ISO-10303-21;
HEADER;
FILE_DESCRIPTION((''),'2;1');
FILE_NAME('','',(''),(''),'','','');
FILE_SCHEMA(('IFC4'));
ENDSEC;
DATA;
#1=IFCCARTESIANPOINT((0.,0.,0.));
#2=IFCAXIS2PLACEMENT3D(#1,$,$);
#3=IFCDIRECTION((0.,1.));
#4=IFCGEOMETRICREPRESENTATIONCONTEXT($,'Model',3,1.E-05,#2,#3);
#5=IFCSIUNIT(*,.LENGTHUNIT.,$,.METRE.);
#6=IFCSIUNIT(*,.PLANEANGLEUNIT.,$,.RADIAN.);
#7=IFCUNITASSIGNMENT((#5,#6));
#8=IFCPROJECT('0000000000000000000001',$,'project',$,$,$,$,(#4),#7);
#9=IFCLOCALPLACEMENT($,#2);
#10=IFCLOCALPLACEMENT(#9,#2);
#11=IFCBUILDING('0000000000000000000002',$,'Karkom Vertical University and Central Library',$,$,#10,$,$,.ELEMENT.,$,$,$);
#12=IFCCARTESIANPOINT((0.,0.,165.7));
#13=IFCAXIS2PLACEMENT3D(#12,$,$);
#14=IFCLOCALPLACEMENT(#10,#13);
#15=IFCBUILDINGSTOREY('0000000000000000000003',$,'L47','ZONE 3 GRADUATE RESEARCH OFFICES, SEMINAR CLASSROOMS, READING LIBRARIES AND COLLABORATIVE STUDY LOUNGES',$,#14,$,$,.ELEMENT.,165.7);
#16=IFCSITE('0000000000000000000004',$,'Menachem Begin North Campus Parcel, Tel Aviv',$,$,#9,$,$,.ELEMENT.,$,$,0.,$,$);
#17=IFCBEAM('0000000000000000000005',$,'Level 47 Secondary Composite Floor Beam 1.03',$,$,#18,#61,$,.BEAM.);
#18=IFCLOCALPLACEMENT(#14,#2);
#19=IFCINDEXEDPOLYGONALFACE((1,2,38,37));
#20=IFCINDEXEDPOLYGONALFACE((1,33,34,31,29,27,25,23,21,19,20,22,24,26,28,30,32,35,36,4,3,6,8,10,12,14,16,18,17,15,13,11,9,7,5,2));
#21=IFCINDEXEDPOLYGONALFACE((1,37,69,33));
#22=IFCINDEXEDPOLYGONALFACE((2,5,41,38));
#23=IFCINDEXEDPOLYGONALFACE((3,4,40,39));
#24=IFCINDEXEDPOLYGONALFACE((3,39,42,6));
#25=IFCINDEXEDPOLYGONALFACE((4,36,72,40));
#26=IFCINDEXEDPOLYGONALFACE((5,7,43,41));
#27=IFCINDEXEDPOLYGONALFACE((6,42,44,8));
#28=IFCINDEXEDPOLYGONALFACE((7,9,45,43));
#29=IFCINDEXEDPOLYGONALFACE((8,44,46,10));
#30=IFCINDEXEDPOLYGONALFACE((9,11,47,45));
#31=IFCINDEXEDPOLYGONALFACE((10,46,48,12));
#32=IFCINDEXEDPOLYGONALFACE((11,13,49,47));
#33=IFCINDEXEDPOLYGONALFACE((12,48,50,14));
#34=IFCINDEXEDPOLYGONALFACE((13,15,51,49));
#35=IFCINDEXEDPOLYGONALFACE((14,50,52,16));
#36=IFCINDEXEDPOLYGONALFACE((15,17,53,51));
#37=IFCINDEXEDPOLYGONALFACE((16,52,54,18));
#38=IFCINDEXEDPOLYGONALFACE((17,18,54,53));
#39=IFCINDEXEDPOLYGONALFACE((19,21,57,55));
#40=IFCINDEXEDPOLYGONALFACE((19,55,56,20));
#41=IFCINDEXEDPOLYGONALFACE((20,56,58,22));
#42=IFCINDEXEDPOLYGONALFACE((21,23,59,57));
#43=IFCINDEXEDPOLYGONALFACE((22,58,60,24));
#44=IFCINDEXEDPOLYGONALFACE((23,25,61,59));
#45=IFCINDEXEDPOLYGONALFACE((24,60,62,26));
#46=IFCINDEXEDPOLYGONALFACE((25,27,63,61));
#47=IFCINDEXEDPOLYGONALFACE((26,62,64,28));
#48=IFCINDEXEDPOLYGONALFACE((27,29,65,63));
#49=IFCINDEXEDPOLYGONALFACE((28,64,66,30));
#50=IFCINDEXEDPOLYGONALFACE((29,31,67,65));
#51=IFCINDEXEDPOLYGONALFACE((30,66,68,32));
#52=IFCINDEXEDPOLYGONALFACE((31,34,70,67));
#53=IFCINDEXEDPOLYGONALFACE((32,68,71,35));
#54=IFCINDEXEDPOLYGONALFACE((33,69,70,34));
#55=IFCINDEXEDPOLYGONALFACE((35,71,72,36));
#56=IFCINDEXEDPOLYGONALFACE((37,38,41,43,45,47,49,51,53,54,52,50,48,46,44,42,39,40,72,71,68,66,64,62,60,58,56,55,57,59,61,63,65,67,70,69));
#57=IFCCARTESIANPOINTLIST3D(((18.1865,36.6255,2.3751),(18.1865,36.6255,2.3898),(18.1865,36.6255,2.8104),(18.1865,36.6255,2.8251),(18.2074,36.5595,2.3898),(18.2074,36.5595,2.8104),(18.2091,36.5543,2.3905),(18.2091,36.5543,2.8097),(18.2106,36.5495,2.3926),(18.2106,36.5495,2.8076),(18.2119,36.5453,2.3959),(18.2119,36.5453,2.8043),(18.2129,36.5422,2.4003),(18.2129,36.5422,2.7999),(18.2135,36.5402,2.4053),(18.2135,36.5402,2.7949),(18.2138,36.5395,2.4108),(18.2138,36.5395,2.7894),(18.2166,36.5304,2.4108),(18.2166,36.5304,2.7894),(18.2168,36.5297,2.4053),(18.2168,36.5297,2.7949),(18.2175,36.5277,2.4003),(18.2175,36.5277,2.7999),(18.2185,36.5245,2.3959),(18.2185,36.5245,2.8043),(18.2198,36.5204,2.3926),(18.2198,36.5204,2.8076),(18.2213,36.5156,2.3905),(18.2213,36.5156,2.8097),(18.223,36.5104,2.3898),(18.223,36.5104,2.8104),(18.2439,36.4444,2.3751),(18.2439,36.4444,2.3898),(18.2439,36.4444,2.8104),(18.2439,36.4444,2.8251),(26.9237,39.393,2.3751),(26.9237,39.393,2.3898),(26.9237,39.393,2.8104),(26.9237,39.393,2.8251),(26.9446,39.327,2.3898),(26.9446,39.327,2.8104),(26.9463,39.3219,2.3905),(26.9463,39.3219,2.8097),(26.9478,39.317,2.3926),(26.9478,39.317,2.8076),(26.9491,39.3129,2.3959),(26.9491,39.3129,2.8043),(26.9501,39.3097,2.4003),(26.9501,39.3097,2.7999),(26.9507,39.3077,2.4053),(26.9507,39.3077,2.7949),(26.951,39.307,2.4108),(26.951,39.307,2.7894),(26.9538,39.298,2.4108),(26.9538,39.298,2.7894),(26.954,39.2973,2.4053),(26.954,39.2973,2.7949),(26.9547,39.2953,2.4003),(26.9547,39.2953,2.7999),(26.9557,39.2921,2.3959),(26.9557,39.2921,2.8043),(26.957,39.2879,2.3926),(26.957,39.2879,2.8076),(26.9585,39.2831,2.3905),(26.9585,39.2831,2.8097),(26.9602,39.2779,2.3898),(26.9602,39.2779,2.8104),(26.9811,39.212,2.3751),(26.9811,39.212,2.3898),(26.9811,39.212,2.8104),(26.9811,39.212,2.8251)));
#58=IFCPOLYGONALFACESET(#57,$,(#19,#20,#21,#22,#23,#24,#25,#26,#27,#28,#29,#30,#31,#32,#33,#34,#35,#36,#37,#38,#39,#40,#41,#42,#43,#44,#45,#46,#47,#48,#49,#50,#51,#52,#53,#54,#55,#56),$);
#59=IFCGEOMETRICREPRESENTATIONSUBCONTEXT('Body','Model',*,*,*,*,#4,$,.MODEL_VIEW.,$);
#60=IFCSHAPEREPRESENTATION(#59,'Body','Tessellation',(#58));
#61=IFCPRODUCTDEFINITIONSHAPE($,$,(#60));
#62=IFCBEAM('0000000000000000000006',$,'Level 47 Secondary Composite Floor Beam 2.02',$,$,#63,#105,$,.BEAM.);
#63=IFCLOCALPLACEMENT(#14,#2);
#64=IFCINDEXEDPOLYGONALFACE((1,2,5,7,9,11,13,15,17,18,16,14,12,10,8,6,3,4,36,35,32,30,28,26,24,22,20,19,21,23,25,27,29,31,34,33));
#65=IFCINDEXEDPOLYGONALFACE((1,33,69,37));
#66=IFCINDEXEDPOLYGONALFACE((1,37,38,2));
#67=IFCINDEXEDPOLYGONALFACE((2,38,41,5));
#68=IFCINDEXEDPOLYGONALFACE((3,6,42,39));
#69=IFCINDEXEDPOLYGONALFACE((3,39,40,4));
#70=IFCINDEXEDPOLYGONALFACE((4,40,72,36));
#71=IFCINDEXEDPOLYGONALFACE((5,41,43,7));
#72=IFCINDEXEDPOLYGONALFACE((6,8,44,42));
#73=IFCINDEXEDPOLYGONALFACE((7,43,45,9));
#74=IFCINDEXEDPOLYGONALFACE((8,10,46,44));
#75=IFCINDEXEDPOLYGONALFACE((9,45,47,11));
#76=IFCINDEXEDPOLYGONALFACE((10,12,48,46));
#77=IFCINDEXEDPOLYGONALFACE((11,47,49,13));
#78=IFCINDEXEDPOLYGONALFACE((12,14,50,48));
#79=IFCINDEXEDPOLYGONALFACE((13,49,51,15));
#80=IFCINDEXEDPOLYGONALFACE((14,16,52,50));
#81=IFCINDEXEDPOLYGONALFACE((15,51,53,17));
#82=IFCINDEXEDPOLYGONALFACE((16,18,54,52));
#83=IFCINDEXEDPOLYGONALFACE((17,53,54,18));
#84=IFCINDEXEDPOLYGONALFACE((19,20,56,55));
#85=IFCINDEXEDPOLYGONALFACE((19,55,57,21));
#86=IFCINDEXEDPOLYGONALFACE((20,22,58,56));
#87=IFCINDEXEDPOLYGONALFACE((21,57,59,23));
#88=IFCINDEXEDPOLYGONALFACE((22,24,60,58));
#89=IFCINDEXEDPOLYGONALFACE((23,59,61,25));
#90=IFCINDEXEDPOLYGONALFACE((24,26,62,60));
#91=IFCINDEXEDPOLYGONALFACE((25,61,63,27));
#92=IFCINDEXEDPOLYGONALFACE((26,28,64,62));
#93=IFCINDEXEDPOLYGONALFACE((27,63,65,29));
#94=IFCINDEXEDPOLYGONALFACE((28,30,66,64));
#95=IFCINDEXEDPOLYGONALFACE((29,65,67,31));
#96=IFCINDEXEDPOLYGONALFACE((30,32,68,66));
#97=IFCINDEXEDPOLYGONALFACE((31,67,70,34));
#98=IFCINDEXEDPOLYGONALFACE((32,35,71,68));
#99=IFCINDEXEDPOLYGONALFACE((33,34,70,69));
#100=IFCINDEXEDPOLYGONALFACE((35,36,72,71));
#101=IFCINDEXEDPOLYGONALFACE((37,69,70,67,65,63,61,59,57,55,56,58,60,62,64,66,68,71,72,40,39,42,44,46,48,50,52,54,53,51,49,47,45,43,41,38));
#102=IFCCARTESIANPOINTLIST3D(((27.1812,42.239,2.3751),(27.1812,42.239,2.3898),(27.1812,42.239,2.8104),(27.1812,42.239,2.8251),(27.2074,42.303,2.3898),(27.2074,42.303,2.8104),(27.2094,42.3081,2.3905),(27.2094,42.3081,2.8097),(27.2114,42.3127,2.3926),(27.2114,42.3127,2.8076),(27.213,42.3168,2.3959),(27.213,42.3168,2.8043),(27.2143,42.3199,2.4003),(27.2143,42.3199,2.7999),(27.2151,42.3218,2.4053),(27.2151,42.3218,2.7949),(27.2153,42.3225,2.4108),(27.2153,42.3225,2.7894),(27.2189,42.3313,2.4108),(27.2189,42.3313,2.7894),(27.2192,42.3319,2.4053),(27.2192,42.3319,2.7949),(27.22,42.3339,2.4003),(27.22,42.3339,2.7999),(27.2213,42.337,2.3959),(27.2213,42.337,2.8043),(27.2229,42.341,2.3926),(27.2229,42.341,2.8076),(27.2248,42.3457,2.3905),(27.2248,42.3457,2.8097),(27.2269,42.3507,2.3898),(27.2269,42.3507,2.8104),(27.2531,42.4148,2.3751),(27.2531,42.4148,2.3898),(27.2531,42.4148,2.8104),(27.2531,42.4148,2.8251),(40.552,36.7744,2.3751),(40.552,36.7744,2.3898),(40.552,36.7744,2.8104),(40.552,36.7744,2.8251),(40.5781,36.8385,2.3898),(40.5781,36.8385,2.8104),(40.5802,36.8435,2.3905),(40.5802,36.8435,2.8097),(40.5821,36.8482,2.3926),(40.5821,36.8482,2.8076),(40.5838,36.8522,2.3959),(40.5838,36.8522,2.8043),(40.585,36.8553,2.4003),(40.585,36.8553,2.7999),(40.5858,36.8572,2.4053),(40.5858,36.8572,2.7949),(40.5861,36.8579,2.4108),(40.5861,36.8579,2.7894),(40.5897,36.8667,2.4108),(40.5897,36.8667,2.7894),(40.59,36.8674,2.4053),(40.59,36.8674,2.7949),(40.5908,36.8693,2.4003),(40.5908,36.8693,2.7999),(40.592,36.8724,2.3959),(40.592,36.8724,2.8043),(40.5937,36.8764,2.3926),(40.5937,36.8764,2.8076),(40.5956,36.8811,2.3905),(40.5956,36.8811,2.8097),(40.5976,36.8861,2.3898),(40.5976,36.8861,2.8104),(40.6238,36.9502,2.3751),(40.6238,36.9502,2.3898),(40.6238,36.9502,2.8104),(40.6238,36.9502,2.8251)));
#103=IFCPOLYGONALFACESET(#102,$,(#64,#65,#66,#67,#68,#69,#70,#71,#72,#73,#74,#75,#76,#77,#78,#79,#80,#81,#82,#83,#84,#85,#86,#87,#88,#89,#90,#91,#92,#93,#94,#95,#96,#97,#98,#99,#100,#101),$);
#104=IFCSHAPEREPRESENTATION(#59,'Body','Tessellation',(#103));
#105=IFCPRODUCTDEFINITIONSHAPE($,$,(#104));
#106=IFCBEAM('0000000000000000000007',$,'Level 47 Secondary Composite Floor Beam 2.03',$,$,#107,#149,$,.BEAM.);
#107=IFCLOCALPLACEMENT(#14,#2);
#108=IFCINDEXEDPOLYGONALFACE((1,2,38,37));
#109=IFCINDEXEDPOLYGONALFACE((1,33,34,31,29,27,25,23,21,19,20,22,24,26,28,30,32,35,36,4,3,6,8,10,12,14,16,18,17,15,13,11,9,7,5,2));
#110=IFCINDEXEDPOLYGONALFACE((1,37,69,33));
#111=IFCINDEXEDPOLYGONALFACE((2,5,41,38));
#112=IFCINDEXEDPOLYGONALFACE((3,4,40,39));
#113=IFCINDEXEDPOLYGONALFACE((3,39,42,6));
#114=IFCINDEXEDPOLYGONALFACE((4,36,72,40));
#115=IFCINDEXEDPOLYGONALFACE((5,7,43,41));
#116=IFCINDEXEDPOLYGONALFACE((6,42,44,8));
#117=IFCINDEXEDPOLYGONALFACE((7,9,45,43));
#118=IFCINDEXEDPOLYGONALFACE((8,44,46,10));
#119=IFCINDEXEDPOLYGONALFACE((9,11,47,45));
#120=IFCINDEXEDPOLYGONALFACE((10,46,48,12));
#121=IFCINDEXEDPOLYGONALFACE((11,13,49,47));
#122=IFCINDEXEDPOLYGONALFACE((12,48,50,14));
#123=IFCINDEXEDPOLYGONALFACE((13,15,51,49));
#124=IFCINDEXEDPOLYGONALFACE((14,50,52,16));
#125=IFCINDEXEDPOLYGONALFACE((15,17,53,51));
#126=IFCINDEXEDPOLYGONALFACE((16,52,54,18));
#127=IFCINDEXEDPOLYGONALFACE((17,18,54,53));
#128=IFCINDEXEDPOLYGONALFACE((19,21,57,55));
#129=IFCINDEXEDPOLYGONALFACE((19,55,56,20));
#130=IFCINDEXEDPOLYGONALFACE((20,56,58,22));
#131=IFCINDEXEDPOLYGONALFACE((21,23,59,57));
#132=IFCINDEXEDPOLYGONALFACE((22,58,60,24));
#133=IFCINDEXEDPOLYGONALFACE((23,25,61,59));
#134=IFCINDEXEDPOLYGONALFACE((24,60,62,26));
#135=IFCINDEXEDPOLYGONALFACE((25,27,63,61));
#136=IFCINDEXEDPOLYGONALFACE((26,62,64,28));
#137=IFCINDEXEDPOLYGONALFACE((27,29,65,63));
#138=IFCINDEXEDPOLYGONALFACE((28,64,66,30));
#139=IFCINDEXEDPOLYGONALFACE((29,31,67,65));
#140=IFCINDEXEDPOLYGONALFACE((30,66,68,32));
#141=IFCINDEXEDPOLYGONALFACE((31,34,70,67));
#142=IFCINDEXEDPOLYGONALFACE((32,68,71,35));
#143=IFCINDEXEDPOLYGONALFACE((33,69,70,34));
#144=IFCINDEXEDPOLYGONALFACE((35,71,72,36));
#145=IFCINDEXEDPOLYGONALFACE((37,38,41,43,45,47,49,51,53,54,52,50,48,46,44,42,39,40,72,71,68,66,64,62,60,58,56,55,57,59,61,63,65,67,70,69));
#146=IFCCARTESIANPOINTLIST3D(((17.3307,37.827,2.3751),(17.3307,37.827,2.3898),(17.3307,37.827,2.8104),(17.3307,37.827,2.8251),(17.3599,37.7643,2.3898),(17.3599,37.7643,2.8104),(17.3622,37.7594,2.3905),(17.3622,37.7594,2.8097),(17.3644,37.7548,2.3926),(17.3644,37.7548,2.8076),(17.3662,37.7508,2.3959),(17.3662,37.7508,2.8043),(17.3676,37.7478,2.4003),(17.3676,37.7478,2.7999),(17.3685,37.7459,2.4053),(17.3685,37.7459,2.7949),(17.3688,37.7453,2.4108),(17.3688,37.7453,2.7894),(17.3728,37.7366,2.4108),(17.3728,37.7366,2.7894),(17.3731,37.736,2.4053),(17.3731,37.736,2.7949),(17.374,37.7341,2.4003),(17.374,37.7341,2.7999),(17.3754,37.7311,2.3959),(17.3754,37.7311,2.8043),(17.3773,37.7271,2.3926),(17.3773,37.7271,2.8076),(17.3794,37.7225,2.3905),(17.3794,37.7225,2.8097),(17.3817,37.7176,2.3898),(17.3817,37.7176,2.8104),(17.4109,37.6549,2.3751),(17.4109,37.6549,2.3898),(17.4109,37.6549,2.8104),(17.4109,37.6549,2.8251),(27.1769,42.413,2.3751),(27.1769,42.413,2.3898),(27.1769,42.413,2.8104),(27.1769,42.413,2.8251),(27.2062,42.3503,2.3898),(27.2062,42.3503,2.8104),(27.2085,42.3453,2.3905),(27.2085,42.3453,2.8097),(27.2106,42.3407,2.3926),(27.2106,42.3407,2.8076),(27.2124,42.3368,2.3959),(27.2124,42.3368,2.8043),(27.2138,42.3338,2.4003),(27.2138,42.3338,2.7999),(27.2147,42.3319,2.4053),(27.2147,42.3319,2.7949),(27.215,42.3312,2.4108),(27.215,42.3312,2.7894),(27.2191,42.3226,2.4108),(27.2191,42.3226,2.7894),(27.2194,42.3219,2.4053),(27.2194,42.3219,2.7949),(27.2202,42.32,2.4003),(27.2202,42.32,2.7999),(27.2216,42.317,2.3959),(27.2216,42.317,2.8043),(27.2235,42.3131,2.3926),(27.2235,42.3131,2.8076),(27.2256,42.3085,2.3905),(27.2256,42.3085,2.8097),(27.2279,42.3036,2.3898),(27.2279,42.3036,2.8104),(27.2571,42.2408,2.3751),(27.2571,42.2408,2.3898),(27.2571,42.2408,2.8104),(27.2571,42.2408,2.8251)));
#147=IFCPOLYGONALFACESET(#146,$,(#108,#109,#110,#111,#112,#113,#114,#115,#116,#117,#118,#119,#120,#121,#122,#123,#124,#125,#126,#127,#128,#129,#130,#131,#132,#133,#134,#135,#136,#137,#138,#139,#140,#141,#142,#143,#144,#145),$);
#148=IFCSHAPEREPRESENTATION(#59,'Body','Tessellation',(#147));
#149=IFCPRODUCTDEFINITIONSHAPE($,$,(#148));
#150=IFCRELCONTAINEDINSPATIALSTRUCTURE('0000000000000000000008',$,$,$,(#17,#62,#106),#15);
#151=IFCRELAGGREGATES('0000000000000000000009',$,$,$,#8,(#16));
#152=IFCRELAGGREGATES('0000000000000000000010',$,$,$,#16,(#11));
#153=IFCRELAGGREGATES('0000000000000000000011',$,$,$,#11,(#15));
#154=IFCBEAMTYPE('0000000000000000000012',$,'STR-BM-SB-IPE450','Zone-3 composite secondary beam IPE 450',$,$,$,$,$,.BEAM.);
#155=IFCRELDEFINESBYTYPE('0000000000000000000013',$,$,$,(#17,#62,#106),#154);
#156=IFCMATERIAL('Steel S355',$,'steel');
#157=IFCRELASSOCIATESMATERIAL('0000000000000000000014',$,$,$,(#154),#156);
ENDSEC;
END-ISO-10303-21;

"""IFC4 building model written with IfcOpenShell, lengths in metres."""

from ifc_helpers import new_model, si_unit, direction, frame, origin, origin_with_axes, origin_2d, place, context, subcontext, project, spatial, i_section, extrude, source, transform, mapped, material, material_profile, profile_set, type_object, element, save


model = new_model("IFC4")

# Units and contexts
model_context = context("Model", 3, precision=1e-05, world=origin(), true_north=direction((0.0, 1.0)))
body_context = subcontext(model_context, "Body", "Model", "MODEL_VIEW")
ifc_project = project(units=[si_unit("LENGTHUNIT", "METRE"), si_unit("PLANEANGLEUNIT", "RADIAN")], contexts=[model_context])

# Site, building, storey
site_placement = place(None, origin())
site = spatial("IfcSite", under=ifc_project, at=site_placement, Name="Menachem Begin North Campus Parcel, Tel Aviv", CompositionType="ELEMENT", RefElevation=0.0)
building_placement = place(site_placement, origin())
building = spatial("IfcBuilding", under=site, at=building_placement, Name="Karkom Vertical University and Central Library", CompositionType="ELEMENT")
storey_placement = place(building_placement, frame((0.0, 0.0, 165.7)))
storey = spatial("IfcBuildingStorey", under=building, at=storey_placement, Name="L47", Description="ZONE 3 GRADUATE RESEARCH OFFICES, SEMINAR CLASSROOMS, READING LIBRARIES AND COLLABORATIVE STUDY LOUNGES", CompositionType="ELEMENT", Elevation=165.7)

# Beams
ifc_material_1 = material(Name="Steel S355", Category="steel")
ifc_material_profile_1 = material_profile(ifc_material_1, i_section(OverallWidth=0.1899, OverallDepth=0.45, WebThickness=0.0095, FlangeThickness=0.0146, FilletRadius=0.021, at=origin_2d()), Name="IPE 450")
ifc_profile_set_1 = profile_set([ifc_material_profile_1], Name="Steel S355")
beam_type_1 = type_object("IfcBeamType", Name="STR-BM-SB-IPE450", Description="Zone-3 composite secondary beam IPE 450", PredefinedType="BEAM", material=ifc_profile_set_1)
shared_shape_1 = source(origin_with_axes(), body_context, "Body", "SweptSolid", [
    extrude(i_section(OverallWidth=0.1899, OverallDepth=0.45, WebThickness=0.0095, FlangeThickness=0.0146, FilletRadius=0.021, at=origin_2d()), origin(), (0.0, 0.0, 1.0), 9.165),
])
beam_1_placement = place(storey_placement, frame((26.9524, 39.3025, 2.6001), z_axis=(-0.953318, -0.301968, 0.0), x_axis=(0.301968, -0.953318, 0.0)))
element("IfcBeam", 1, at=beam_1_placement, inside=storey, type_object=beam_type_1, Name="Level 47 Secondary Composite Floor Beam 1.03", PredefinedType="BEAM", context=body_context, shape_type="MappedRepresentation", body=[
    mapped(shared_shape_1, transform((0.0, 0.0, 0.0), scale=1.0)),
])
shared_shape_2 = source(origin_with_axes(), body_context, "Body", "SweptSolid", [
    extrude(i_section(OverallWidth=0.1899, OverallDepth=0.45, WebThickness=0.0095, FlangeThickness=0.0146, FilletRadius=0.021, at=origin_2d()), origin(), (0.0, 0.0, 1.0), 14.4443),
])
beam_2_placement = place(storey_placement, frame((40.5879, 36.8623, 2.6001), z_axis=(-0.925675, 0.378319, 0.0), x_axis=(-0.378319, -0.925675, 0.0)))
element("IfcBeam", 2, at=beam_2_placement, inside=storey, type_object=beam_type_1, Name="Level 47 Secondary Composite Floor Beam 2.02", PredefinedType="BEAM", context=body_context, shape_type="MappedRepresentation", body=[
    mapped(shared_shape_2, transform((0.0, 0.0, 0.0), scale=1.0)),
])
shared_shape_3 = source(origin_with_axes(), body_context, "Body", "SweptSolid", [
    extrude(i_section(OverallWidth=0.1899, OverallDepth=0.45, WebThickness=0.0095, FlangeThickness=0.0146, FilletRadius=0.021, at=origin_2d()), origin(), (0.0, 0.0, 1.0), 10.8618),
])
beam_3_placement = place(storey_placement, frame((27.217, 42.3269, 2.6001), z_axis=(-0.906499, -0.422209, 0.0), x_axis=(0.422209, -0.906499, 0.0)))
element("IfcBeam", 3, at=beam_3_placement, inside=storey, type_object=beam_type_1, Name="Level 47 Secondary Composite Floor Beam 2.03", PredefinedType="BEAM", context=body_context, shape_type="MappedRepresentation", body=[
    mapped(shared_shape_3, transform((0.0, 0.0, 0.0), scale=1.0)),
])

save(model, "model.ifc")
